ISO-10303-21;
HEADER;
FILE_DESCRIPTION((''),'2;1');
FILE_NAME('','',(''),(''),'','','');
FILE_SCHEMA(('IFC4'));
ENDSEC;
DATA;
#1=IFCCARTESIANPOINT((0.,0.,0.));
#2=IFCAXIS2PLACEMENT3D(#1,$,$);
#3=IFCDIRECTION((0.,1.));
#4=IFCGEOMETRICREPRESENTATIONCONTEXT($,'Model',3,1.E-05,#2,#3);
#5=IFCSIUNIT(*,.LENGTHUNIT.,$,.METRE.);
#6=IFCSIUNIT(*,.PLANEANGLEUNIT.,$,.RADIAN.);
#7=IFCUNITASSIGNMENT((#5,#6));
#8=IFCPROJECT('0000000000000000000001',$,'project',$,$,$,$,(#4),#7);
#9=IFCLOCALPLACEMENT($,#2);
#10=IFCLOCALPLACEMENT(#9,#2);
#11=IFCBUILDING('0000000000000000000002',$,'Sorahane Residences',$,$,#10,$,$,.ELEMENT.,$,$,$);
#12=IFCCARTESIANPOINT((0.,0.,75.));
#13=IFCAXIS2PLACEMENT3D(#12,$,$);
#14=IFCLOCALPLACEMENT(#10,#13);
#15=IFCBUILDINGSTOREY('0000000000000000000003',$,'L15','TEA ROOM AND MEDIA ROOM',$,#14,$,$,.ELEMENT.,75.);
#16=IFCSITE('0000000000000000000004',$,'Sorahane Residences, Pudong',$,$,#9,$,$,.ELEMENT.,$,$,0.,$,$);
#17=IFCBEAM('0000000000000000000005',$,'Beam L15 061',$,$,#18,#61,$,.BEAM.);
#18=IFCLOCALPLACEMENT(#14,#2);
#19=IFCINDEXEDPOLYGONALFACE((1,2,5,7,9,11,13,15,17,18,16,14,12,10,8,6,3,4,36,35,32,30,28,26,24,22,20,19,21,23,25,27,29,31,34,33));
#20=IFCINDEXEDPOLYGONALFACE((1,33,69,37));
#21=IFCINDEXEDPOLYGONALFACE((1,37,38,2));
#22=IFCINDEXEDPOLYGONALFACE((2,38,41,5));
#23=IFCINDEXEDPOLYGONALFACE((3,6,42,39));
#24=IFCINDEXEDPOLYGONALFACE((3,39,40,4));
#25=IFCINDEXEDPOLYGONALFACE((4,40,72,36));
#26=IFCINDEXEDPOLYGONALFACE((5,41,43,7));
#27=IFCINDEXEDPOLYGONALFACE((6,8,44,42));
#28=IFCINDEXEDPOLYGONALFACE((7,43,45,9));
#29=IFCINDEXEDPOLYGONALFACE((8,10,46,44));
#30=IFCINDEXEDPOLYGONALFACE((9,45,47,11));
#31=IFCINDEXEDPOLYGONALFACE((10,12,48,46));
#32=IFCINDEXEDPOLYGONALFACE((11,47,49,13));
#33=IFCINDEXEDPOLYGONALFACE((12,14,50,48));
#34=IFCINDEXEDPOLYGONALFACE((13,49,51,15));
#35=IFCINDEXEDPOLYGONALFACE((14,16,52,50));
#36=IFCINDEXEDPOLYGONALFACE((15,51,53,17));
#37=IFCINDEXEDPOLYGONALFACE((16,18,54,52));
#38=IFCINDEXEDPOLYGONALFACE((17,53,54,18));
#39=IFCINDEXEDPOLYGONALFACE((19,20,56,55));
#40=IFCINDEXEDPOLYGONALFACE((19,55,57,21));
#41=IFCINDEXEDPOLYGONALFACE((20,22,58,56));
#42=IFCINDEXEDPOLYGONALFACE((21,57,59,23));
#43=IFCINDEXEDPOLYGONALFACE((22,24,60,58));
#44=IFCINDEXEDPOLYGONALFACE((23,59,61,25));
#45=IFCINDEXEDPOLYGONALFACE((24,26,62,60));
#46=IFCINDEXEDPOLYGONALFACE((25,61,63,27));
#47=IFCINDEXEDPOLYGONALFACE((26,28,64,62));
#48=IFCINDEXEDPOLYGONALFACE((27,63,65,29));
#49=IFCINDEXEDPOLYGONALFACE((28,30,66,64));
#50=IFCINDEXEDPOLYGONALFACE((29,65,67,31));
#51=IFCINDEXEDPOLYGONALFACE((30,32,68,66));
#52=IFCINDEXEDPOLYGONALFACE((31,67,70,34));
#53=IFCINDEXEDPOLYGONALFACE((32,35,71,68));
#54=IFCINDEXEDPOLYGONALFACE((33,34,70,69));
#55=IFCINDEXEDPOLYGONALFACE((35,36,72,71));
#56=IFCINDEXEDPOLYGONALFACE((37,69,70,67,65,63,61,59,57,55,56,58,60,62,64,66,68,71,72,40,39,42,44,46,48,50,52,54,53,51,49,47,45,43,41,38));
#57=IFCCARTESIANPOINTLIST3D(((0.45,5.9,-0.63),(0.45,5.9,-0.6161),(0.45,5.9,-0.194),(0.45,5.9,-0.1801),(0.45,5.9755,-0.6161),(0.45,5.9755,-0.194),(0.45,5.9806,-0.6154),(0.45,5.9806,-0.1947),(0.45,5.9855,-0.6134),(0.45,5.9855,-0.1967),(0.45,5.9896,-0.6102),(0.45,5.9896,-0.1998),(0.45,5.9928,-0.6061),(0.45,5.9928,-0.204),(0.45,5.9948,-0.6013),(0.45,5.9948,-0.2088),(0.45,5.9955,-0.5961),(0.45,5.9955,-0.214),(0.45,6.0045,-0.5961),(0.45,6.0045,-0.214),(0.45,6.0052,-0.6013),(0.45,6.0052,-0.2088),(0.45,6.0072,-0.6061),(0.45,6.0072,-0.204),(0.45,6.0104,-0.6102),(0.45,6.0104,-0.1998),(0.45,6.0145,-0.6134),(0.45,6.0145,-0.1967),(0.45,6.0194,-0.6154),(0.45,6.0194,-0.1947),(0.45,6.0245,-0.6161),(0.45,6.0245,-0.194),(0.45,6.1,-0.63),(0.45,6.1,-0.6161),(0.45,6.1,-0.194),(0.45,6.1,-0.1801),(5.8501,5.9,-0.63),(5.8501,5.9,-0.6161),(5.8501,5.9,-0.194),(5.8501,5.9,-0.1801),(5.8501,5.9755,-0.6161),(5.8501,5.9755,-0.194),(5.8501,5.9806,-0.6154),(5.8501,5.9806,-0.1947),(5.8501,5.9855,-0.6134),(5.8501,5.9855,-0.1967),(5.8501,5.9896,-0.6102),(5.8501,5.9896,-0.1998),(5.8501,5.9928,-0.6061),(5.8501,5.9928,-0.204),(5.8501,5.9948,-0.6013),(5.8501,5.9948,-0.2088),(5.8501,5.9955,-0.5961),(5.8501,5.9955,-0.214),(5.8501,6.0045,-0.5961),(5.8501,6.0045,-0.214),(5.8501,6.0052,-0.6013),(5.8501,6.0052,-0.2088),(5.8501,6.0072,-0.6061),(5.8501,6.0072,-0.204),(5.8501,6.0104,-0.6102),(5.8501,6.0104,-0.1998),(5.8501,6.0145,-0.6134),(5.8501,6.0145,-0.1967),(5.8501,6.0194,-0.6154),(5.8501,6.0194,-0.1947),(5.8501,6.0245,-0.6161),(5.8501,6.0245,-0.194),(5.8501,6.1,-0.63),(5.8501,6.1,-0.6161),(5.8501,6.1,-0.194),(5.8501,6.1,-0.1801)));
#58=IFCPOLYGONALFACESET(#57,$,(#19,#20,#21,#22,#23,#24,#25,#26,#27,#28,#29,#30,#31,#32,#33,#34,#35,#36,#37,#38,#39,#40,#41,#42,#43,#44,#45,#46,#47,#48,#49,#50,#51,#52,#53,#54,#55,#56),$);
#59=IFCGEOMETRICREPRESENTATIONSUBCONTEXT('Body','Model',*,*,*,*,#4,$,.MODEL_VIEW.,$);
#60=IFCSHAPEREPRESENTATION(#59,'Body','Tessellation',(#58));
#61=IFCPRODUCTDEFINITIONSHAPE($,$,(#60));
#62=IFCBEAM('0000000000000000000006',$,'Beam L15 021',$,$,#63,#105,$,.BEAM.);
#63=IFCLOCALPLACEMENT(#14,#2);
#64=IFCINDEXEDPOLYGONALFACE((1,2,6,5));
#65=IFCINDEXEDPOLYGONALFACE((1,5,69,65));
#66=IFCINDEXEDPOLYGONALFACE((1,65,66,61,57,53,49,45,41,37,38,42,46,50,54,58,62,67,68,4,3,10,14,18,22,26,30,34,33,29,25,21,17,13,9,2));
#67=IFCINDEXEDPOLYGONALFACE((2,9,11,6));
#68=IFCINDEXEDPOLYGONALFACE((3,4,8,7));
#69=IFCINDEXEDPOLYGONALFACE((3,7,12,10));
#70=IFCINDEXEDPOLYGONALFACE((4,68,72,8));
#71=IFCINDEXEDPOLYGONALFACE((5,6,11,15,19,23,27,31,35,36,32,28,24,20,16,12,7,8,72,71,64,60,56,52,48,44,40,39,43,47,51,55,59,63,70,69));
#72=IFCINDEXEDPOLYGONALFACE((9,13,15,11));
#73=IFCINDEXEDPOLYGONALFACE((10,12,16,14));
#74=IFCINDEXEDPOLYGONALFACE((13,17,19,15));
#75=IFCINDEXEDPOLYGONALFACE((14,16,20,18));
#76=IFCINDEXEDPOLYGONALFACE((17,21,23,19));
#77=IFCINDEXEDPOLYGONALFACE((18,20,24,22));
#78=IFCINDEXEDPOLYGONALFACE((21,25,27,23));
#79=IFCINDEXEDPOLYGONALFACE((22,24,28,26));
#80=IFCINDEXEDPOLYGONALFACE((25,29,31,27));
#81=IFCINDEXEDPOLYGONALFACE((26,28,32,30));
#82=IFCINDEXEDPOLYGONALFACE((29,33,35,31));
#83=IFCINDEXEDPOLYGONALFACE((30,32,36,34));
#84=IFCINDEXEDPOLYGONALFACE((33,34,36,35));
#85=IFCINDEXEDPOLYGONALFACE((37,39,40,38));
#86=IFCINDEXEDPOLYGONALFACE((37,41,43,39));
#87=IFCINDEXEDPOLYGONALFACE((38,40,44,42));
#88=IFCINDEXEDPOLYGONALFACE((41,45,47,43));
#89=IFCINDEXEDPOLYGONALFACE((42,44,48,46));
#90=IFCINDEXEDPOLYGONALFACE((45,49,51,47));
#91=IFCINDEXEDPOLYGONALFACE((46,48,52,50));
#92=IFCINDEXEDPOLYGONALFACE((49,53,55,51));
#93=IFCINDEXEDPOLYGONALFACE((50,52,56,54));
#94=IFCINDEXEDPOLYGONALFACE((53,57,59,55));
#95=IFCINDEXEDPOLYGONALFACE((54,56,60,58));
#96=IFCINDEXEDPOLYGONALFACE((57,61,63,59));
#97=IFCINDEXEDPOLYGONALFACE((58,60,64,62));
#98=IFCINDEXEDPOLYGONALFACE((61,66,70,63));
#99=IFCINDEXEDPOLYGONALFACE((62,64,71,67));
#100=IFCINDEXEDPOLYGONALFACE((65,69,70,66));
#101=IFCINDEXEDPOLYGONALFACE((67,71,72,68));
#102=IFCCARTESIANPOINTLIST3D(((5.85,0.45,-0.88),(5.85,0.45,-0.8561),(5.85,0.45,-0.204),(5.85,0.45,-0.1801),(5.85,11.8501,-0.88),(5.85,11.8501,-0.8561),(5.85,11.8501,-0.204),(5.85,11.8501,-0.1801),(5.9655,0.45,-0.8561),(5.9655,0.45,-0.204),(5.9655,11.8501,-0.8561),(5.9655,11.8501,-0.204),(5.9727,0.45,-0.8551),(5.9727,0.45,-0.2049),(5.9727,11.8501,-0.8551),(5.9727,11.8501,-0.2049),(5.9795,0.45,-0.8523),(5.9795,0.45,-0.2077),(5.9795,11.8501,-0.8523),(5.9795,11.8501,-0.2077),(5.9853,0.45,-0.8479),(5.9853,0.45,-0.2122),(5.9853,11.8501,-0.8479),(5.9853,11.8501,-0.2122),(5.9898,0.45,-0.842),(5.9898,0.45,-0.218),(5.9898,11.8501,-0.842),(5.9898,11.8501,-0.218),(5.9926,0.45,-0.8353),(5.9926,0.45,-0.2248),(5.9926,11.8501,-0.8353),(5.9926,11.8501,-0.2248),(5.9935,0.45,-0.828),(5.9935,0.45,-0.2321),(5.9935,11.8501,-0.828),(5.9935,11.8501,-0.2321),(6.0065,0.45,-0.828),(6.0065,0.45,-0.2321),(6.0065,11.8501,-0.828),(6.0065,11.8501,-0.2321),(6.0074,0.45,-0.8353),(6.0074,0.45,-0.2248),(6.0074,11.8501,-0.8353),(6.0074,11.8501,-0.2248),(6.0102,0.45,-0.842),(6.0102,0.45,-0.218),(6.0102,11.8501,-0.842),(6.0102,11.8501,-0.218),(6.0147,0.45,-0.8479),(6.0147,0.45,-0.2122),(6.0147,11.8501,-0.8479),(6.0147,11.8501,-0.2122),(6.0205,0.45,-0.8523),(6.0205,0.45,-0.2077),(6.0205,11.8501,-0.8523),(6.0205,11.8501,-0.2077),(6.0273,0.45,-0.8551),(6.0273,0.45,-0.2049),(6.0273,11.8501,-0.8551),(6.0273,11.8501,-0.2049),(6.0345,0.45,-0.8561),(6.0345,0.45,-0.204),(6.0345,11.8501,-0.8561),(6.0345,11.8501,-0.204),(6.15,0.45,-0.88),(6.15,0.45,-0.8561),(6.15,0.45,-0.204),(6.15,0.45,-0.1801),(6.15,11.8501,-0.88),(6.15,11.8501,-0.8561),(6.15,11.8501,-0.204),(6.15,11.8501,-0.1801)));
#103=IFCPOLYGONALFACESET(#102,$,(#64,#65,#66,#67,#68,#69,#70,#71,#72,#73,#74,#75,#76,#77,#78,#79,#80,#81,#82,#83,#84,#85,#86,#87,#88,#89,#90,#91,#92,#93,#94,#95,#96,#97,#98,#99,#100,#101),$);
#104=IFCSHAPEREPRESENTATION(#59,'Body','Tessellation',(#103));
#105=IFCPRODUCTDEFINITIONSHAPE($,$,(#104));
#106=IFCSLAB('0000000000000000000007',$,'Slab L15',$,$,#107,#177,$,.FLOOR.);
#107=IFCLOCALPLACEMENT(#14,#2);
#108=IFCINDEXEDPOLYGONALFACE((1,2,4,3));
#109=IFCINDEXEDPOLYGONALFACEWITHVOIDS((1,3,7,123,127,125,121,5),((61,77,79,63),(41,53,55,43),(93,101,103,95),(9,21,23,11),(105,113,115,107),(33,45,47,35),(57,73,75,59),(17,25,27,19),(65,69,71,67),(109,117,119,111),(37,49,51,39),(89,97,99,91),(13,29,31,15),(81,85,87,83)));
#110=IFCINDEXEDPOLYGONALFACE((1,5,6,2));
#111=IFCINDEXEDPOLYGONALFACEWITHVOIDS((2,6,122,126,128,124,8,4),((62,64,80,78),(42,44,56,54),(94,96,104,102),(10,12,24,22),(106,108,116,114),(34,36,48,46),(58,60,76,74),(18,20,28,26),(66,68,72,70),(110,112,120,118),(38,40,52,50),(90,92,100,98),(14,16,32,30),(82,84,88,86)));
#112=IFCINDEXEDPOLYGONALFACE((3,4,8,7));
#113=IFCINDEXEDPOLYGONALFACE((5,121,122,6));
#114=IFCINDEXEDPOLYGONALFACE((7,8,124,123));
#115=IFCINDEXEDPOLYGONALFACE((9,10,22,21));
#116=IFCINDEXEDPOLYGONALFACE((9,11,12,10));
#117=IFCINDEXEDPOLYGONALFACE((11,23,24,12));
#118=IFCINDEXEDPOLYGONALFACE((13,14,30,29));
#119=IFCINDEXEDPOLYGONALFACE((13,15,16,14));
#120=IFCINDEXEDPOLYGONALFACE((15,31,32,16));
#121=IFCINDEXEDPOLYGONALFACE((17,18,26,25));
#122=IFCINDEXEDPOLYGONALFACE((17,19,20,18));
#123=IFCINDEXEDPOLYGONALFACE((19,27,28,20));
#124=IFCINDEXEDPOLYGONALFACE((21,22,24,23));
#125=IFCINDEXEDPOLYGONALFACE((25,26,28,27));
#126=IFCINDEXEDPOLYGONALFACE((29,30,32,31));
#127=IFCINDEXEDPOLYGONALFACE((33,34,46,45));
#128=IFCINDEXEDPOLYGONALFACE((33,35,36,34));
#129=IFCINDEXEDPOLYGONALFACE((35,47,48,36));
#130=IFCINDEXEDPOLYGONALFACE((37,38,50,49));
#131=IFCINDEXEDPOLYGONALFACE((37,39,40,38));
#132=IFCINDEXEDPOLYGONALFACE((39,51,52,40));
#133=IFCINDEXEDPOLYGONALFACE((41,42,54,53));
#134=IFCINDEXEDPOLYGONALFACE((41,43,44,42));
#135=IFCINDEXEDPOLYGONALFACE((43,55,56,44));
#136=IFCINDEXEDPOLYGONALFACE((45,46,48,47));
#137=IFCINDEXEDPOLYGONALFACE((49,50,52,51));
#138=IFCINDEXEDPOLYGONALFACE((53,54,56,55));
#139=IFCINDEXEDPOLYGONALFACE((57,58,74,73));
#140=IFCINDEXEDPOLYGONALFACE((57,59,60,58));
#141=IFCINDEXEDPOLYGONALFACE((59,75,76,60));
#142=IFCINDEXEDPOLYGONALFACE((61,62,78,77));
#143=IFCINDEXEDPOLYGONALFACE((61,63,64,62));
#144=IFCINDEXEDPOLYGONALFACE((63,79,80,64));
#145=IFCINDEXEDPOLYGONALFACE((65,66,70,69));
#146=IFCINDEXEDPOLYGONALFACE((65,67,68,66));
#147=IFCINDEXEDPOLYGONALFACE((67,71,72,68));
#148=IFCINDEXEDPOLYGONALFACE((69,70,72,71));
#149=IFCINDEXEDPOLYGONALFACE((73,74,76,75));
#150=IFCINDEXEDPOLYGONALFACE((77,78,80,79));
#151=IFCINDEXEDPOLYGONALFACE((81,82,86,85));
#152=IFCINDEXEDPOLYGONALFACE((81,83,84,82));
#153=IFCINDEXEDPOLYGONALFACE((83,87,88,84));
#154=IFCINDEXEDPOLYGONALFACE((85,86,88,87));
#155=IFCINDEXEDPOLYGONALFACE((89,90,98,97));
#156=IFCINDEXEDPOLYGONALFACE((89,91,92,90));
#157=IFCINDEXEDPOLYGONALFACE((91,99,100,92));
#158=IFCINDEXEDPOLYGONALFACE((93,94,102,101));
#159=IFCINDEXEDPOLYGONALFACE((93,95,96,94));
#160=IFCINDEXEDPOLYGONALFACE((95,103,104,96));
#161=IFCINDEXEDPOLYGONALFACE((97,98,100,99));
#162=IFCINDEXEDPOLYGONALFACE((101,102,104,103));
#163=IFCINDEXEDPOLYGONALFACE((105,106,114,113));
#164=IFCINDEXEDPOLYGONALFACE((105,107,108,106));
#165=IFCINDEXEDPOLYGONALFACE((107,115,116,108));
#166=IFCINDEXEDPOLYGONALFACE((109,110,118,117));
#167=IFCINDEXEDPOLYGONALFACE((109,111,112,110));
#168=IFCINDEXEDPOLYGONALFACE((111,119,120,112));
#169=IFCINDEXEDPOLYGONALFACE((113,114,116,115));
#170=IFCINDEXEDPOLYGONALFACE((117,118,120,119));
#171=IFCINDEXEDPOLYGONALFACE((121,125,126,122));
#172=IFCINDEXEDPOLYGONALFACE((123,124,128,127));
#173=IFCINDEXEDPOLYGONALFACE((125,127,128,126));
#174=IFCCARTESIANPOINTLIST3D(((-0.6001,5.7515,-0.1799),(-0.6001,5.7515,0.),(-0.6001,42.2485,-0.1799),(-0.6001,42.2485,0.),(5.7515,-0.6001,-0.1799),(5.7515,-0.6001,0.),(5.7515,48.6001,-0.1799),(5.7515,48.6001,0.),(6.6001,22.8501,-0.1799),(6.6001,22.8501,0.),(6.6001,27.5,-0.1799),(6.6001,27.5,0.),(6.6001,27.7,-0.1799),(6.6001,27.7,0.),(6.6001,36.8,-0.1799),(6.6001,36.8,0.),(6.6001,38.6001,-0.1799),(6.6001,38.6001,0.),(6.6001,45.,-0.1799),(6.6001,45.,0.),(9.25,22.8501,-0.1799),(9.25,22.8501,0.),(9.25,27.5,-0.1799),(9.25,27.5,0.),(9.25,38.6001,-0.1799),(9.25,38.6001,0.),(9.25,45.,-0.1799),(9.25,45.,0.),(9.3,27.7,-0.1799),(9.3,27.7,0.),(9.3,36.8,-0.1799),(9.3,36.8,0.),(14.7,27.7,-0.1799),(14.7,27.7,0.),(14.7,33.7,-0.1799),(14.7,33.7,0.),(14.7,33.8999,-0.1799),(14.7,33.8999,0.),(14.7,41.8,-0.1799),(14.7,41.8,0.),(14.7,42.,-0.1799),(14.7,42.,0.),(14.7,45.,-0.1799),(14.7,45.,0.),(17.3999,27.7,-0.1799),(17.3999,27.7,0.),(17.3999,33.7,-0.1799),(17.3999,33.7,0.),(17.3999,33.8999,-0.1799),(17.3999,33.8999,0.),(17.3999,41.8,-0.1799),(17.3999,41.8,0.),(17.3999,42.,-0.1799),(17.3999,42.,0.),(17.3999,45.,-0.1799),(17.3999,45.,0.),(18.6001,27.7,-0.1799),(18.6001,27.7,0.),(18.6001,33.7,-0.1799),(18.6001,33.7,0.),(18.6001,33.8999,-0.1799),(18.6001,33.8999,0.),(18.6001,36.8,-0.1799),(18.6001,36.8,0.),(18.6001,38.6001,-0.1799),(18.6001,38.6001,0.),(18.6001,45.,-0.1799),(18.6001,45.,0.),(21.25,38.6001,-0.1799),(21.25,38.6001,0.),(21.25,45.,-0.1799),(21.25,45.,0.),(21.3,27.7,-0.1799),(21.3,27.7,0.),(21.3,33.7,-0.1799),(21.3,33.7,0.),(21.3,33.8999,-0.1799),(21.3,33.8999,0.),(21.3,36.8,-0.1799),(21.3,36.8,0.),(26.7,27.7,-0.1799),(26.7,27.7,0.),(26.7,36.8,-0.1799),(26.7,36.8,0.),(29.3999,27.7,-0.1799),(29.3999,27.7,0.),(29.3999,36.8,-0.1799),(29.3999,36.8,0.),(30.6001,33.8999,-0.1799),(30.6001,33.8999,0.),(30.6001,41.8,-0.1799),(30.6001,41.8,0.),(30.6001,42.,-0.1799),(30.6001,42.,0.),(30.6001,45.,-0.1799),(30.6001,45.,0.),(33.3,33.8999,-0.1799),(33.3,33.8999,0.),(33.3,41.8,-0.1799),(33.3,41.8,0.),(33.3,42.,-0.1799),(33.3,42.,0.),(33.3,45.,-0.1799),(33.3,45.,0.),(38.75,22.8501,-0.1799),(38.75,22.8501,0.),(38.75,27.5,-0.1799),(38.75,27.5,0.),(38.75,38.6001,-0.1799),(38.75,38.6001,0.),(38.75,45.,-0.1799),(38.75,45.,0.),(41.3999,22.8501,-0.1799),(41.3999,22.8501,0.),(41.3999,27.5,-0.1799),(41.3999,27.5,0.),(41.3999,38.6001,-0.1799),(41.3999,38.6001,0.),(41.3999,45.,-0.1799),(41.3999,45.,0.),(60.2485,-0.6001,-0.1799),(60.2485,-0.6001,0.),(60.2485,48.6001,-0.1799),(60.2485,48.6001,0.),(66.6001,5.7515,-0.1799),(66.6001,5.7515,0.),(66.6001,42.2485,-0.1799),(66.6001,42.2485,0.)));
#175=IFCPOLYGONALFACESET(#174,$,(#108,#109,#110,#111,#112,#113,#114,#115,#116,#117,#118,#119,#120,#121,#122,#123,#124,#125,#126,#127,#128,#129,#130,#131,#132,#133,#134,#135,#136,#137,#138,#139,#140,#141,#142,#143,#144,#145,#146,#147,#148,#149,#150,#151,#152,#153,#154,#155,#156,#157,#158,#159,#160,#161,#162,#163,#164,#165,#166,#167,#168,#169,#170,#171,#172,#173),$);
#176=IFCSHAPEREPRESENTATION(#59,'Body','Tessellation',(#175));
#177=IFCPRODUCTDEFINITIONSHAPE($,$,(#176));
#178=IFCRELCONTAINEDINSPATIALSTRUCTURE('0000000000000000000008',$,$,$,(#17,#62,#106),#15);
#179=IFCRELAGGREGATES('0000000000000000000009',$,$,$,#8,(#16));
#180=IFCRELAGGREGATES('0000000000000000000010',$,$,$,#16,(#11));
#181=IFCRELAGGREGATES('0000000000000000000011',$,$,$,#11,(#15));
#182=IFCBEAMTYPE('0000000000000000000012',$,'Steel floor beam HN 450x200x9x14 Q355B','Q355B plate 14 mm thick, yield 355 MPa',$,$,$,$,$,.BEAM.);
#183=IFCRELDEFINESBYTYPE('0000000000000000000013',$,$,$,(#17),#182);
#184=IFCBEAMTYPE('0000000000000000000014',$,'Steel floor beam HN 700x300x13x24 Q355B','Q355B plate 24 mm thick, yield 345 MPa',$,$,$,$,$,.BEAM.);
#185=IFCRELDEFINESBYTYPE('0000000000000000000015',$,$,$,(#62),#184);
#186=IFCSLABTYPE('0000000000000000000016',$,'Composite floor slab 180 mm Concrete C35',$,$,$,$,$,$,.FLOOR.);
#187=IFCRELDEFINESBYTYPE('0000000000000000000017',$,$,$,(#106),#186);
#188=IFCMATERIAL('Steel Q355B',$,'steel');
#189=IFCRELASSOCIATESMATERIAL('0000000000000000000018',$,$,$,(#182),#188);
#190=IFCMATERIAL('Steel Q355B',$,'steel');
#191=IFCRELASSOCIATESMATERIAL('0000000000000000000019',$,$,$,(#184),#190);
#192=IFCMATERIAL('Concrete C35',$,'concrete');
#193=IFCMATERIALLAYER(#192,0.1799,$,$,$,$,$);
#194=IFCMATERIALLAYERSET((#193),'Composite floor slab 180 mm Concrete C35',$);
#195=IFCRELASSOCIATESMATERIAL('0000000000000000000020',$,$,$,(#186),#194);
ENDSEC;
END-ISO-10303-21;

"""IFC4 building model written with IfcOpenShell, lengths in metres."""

from ifc_helpers import new_model, si_unit, direction, frame, origin, origin_2d, place, context, subcontext, project, spatial, polyline, i_section, outline, extrude, material, layer, layer_set, material_profile, profile_set, type_object, element, save


model = new_model("IFC4")

# Units and contexts
model_context = context("Model", 3, precision=1e-05, world=origin(), true_north=direction((0.0, 1.0)))
body_context = subcontext(model_context, "Body", "Model", "MODEL_VIEW")
ifc_project = project(units=[si_unit("LENGTHUNIT", "METRE"), si_unit("PLANEANGLEUNIT", "RADIAN")], contexts=[model_context])

# Site, building, storey
site_placement = place(None, origin())
site = spatial("IfcSite", under=ifc_project, at=site_placement, Name="Sorahane Residences, Pudong", CompositionType="ELEMENT", RefElevation=0.0)
building_placement = place(site_placement, origin())
building = spatial("IfcBuilding", under=site, at=building_placement, Name="Sorahane Residences", CompositionType="ELEMENT")
storey_placement = place(building_placement, frame((0.0, 0.0, 75.0)))
storey = spatial("IfcBuildingStorey", under=building, at=storey_placement, Name="L15", Description="TEA ROOM AND MEDIA ROOM", CompositionType="ELEMENT", Elevation=75.0)

# Beams
ifc_material_1 = material(Name="Steel Q355B", Category="steel")
ifc_material_profile_1 = material_profile(ifc_material_1, i_section(OverallWidth=0.2, OverallDepth=0.45, WebThickness=0.009, FlangeThickness=0.0139, FilletRadius=0.02, at=origin_2d()), Name="HN 450x200x9x14")
ifc_profile_set_1 = profile_set([ifc_material_profile_1], Name="Steel Q355B")
beam_type_1 = type_object("IfcBeamType", Name="Steel floor beam HN 450x200x9x14 Q355B", Description="Q355B plate 14 mm thick, yield 355 MPa", PredefinedType="BEAM", material=ifc_profile_set_1)
beam_1_placement = place(storey_placement, frame((0.45, 6.0, -0.405), z_axis=(1.0, 0.0, 0.0), x_axis=(0.0, 1.0, 0.0)))
element("IfcBeam", 1, at=beam_1_placement, inside=storey, type_object=beam_type_1, Name="Beam L15 061", PredefinedType="BEAM", context=body_context, shape_type="SweptSolid", body=[
    extrude(i_section(OverallWidth=0.2, OverallDepth=0.45, WebThickness=0.009, FlangeThickness=0.0139, FilletRadius=0.02, at=origin_2d()), origin(), (0.0, 0.0, 1.0), 5.4001),
])
ifc_material_2 = material(Name="Steel Q355B", Category="steel")
ifc_material_profile_2 = material_profile(ifc_material_2, i_section(OverallWidth=0.3, OverallDepth=0.7, WebThickness=0.0129, FlangeThickness=0.0239, FilletRadius=0.0281, at=origin_2d()), Name="HN 700x300x13x24")
ifc_profile_set_2 = profile_set([ifc_material_profile_2], Name="Steel Q355B")
beam_type_2 = type_object("IfcBeamType", Name="Steel floor beam HN 700x300x13x24 Q355B", Description="Q355B plate 24 mm thick, yield 345 MPa", PredefinedType="BEAM", material=ifc_profile_set_2)
beam_2_placement = place(storey_placement, frame((6.0, 0.45, -0.53), z_axis=(0.0, 1.0, 0.0), x_axis=(-1.0, 0.0, 0.0)))
element("IfcBeam", 2, at=beam_2_placement, inside=storey, type_object=beam_type_2, Name="Beam L15 021", PredefinedType="BEAM", context=body_context, shape_type="SweptSolid", body=[
    extrude(i_section(OverallWidth=0.3, OverallDepth=0.7, WebThickness=0.0129, FlangeThickness=0.0239, FilletRadius=0.0281, at=origin_2d()), origin(), (0.0, 0.0, 1.0), 11.4001),
])

# Slab
ifc_material_3 = material(Name="Concrete C35", Category="concrete")
ifc_layer_1 = layer(ifc_material_3, 0.1799)
ifc_layer_set_1 = layer_set([ifc_layer_1], Name="Composite floor slab 180 mm Concrete C35")
slab_type_1 = type_object("IfcSlabType", Name="Composite floor slab 180 mm Concrete C35", PredefinedType="FLOOR", material=ifc_layer_set_1)
slab_1_placement = place(storey_placement, frame((0.0, 0.0, -0.1799)))
element("IfcSlab", 3, at=slab_1_placement, inside=storey, type_object=slab_type_1, Name="Slab L15", PredefinedType="FLOOR", context=body_context, shape_type="SweptSolid", body=[
    extrude(outline(polyline([(5.7515, -0.6001), (-0.6001, 5.7515), (-0.6001, 42.2485), (5.7515, 48.6001), (60.2485, 48.6001), (66.6001, 42.2485), (66.6001, 5.7515), (60.2485, -0.6001), (5.7515, -0.6001)]), holes=[polyline([(18.6001, 27.7), (21.3, 27.7), (21.3, 33.7), (18.6001, 33.7), (18.6001, 27.7)]), polyline([(30.6001, 42.0), (33.3, 42.0), (33.3, 45.0), (30.6001, 45.0), (30.6001, 42.0)]), polyline([(14.7, 27.7), (17.3999, 27.7), (17.3999, 33.7), (14.7, 33.7), (14.7, 27.7)]), polyline([(14.7, 42.0), (17.3999, 42.0), (17.3999, 45.0), (14.7, 45.0), (14.7, 42.0)]), polyline([(6.6001, 27.7), (9.3, 27.7), (9.3, 36.8), (6.6001, 36.8), (6.6001, 27.7)]), polyline([(9.25, 38.6001), (9.25, 45.0), (6.6001, 45.0), (6.6001, 38.6001), (9.25, 38.6001)]), polyline([(41.3999, 38.6001), (41.3999, 45.0), (38.75, 45.0), (38.75, 38.6001), (41.3999, 38.6001)]), polyline([(21.25, 38.6001), (21.25, 45.0), (18.6001, 45.0), (18.6001, 38.6001), (21.25, 38.6001)]), polyline([(9.25, 22.8501), (9.25, 27.5), (6.6001, 27.5), (6.6001, 22.8501), (9.25, 22.8501)]), polyline([(41.3999, 22.8501), (41.3999, 27.5), (38.75, 27.5), (38.75, 22.8501), (41.3999, 22.8501)]), polyline([(14.7, 33.8999), (17.3999, 33.8999), (17.3999, 41.8), (14.7, 41.8), (14.7, 33.8999)]), polyline([(30.6001, 33.8999), (33.3, 33.8999), (33.3, 41.8), (30.6001, 41.8), (30.6001, 33.8999)]), polyline([(18.6001, 33.8999), (21.3, 33.8999), (21.3, 36.8), (18.6001, 36.8), (18.6001, 33.8999)]), polyline([(26.7, 27.7), (29.3999, 27.7), (29.3999, 36.8), (26.7, 36.8), (26.7, 27.7)])]), origin(), (0.0, 0.0, 1.0), 0.1799),
])

save(model, "model.ifc")
